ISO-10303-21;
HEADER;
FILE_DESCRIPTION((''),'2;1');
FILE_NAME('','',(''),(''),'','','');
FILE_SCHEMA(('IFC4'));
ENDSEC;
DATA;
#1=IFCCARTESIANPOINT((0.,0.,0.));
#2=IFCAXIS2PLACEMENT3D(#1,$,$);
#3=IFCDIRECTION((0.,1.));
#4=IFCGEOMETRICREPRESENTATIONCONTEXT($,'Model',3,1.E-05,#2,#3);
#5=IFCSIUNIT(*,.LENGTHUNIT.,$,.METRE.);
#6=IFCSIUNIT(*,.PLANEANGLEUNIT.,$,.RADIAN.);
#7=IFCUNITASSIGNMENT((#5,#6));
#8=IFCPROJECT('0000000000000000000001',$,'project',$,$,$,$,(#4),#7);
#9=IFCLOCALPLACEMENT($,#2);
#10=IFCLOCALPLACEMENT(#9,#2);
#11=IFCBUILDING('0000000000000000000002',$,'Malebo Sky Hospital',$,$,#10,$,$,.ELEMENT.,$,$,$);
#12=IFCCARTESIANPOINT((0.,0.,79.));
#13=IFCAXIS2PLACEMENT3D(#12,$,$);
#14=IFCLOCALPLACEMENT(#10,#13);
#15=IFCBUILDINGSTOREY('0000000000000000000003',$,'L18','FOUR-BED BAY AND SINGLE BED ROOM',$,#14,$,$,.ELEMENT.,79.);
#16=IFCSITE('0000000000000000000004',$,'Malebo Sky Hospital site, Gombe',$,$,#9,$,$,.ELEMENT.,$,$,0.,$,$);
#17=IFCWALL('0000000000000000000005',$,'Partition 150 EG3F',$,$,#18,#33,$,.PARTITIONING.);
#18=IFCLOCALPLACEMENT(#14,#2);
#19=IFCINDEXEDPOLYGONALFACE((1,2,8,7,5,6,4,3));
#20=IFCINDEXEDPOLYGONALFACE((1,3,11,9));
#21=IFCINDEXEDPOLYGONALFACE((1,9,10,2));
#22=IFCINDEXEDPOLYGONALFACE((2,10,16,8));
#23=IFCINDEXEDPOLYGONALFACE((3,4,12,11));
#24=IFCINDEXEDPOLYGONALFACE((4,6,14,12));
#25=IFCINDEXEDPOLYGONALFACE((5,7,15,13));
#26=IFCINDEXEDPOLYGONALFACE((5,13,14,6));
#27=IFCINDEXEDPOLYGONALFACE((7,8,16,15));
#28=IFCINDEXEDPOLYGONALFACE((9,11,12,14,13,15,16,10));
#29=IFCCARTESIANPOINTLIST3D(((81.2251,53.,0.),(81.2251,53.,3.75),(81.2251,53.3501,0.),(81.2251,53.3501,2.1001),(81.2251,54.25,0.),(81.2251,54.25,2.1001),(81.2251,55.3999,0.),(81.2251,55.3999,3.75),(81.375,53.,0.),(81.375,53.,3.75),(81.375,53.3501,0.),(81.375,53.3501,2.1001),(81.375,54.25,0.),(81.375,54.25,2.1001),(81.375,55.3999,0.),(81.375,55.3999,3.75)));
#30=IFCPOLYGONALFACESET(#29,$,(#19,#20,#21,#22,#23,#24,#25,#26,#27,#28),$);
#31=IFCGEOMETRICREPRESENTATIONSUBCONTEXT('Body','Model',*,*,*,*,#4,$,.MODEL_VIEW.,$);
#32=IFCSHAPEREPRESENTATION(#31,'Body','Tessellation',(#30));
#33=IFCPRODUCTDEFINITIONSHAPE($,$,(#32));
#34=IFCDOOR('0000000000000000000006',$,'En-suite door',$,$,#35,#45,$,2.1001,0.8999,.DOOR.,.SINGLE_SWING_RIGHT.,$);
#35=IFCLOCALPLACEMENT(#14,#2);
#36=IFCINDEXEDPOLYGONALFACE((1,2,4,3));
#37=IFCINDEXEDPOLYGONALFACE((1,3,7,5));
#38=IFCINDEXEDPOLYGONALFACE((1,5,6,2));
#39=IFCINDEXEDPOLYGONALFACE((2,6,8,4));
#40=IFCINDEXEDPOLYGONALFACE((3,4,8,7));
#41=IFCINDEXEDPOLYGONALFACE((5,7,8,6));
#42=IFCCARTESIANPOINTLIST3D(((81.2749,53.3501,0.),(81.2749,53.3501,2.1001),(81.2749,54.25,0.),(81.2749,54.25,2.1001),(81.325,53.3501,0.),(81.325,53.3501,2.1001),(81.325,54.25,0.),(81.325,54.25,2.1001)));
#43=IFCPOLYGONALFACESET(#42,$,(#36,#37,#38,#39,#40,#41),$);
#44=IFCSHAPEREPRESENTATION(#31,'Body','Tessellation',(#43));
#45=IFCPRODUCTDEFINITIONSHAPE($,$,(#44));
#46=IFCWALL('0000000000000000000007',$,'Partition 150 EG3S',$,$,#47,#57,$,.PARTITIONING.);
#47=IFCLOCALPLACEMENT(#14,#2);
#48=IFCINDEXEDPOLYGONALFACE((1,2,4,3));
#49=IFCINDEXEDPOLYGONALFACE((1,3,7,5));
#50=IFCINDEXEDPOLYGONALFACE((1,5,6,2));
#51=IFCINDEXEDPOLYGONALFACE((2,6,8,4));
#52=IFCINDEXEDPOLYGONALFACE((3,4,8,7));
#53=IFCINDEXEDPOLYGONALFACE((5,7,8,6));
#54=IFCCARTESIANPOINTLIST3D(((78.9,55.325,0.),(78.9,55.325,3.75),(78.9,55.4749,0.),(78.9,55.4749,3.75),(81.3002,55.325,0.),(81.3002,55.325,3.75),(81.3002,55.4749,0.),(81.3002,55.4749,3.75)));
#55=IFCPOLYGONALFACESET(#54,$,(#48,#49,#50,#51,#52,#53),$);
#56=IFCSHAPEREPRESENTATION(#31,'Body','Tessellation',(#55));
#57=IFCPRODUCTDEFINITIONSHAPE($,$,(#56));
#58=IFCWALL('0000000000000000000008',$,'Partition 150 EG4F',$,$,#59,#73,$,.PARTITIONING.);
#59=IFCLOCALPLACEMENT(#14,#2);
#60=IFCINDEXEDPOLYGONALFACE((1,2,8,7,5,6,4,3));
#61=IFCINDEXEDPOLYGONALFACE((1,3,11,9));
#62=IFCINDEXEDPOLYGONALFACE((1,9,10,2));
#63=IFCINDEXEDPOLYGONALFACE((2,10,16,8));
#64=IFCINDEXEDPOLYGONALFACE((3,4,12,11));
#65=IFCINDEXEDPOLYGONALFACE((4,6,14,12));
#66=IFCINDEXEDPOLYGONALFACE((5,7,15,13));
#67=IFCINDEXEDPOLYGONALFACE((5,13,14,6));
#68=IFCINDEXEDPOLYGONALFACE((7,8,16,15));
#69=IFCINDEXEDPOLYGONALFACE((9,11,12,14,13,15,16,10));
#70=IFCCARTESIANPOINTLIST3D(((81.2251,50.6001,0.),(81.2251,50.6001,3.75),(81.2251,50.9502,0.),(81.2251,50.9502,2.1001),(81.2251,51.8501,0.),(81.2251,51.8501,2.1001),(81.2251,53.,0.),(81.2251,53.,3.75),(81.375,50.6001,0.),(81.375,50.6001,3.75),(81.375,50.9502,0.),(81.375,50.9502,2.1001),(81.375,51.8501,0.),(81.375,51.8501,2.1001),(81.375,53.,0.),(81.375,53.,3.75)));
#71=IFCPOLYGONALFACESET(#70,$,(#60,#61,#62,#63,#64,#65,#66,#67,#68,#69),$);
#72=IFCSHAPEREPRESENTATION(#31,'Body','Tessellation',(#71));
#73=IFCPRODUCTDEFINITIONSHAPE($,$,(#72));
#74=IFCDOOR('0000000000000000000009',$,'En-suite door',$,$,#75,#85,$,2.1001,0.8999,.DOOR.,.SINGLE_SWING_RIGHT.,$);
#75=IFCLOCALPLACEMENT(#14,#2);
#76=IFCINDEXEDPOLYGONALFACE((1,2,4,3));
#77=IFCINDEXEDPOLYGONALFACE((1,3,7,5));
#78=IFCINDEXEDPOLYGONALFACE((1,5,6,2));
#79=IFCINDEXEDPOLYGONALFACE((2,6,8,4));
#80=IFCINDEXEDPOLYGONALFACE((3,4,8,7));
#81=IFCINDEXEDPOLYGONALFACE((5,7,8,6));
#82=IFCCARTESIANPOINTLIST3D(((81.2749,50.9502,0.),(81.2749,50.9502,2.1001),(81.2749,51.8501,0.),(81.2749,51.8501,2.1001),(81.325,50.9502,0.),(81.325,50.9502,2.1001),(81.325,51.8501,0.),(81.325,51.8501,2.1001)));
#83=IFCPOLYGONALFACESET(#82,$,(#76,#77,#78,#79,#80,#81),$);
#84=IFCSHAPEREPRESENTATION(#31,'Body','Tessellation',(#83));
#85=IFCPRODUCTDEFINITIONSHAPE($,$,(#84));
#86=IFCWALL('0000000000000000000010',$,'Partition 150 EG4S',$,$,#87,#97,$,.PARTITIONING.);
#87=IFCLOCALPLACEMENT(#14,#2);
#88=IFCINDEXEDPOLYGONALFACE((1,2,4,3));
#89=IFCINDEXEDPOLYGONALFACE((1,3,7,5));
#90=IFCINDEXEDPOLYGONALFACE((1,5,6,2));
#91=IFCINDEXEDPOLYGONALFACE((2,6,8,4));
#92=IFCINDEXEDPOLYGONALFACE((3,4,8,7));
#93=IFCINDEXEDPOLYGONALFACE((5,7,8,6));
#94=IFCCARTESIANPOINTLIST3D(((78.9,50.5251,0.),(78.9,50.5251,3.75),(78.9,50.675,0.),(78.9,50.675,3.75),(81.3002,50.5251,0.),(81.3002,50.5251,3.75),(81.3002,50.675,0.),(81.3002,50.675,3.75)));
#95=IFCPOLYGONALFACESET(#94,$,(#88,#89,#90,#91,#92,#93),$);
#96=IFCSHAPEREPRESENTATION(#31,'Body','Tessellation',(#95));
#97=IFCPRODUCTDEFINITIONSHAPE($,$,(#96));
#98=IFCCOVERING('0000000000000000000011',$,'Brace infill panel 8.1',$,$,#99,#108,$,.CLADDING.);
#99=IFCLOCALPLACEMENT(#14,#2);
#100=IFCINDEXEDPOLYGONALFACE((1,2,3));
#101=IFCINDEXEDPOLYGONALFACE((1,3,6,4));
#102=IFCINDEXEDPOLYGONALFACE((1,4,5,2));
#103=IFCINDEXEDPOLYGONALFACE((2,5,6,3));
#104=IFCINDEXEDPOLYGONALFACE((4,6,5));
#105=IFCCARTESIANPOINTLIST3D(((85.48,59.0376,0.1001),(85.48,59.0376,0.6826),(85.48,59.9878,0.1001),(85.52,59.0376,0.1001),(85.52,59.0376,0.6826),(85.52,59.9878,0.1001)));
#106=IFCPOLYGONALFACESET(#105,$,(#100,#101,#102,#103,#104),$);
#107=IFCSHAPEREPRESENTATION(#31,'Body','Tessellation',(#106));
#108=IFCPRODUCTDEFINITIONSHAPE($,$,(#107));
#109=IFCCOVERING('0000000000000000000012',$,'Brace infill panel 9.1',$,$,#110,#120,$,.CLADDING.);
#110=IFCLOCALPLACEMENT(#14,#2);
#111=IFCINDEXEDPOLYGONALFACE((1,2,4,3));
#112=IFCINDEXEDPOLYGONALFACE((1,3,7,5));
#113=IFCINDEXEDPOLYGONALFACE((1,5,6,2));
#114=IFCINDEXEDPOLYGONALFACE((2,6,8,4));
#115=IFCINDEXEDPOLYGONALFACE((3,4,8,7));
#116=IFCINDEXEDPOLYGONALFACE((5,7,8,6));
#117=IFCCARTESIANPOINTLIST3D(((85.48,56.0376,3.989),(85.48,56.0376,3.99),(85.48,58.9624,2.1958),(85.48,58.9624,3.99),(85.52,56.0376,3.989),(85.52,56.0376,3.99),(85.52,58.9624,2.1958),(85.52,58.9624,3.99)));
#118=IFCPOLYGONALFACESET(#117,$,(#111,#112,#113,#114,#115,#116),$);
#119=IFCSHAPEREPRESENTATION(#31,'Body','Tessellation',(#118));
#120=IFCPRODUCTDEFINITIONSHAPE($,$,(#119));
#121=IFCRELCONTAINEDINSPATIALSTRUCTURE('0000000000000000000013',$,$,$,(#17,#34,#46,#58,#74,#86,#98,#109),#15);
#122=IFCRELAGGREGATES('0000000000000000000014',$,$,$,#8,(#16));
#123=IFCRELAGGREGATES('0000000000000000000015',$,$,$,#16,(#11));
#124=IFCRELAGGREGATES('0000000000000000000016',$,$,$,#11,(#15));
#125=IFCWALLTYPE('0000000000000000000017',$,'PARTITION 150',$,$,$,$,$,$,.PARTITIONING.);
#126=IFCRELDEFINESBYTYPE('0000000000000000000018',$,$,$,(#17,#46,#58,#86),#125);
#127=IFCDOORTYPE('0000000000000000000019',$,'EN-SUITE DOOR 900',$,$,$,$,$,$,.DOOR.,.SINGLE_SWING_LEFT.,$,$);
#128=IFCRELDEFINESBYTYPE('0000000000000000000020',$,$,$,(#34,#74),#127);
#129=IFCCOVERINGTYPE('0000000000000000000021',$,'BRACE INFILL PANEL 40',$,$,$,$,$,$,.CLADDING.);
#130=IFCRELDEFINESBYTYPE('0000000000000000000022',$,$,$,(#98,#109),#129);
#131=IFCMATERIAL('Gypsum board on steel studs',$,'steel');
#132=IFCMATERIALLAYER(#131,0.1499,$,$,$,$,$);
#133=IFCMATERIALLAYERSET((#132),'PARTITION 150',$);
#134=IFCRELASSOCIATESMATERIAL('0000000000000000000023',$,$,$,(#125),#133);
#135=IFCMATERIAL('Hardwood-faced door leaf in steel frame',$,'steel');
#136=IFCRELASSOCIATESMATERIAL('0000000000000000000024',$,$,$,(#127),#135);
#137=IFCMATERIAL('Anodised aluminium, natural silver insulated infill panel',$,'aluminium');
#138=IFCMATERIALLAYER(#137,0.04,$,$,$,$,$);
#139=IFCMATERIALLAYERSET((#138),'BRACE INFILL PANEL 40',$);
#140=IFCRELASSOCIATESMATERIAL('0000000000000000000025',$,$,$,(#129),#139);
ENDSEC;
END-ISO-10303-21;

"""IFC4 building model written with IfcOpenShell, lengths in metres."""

from ifc_helpers import new_model, si_unit, direction, frame, frame_2d, origin, place, context, subcontext, project, spatial, polyline, rectangle, outline, extrude, material, layer, layer_set, type_object, element, fill, save


model = new_model("IFC4")

# Units and contexts
model_context = context("Model", 3, precision=1e-05, world=origin(), true_north=direction((0.0, 1.0)))
body_context = subcontext(model_context, "Body", "Model", "MODEL_VIEW")
ifc_project = project(units=[si_unit("LENGTHUNIT", "METRE"), si_unit("PLANEANGLEUNIT", "RADIAN")], contexts=[model_context])

# Site, building, storey
site_placement = place(None, origin())
site = spatial("IfcSite", under=ifc_project, at=site_placement, Name="Malebo Sky Hospital site, Gombe", CompositionType="ELEMENT", RefElevation=0.0)
building_placement = place(site_placement, origin())
building = spatial("IfcBuilding", under=site, at=building_placement, Name="Malebo Sky Hospital", CompositionType="ELEMENT")
storey_placement = place(building_placement, frame((0.0, 0.0, 79.0)))
storey = spatial("IfcBuildingStorey", under=building, at=storey_placement, Name="L18", Description="FOUR-BED BAY AND SINGLE BED ROOM", CompositionType="ELEMENT", Elevation=79.0)

# Shared definitions
ifc_material_1 = material(Name="Gypsum board on steel studs", Category="steel")
ifc_layer_1 = layer(ifc_material_1, 0.1499)
ifc_layer_set_1 = layer_set([ifc_layer_1], Name="PARTITION 150")
wall_type = type_object("IfcWallType", Name="PARTITION 150", PredefinedType="PARTITIONING", material=ifc_layer_set_1)

# Wall, opening, door
wall_1_placement = place(storey_placement, frame((81.3, 55.3999, 0.0), z_axis=(0.0, 0.0, 1.0), x_axis=(0.0, -1.0, 0.0)))
wall_1 = element("IfcWall", 1, at=wall_1_placement, inside=storey, type_object=wall_type, Name="Partition 150 EG3F", PredefinedType="PARTITIONING", context=body_context, shape_type="SweptSolid", body=[
    extrude(rectangle(XDim=2.3999, YDim=0.1499, at=frame_2d((1.2, 0.0))), origin(), (0.0, 0.0, 1.0), 3.75),
])
opening_1_placement = place(wall_1_placement, frame((1.1499, 0.0, 0.0)))
opening_1 = element("IfcOpeningElement", 2, at=opening_1_placement, cuts=wall_1, PredefinedType="OPENING", context=body_context, shape_type="SweptSolid", body=[
    extrude(rectangle(XDim=0.8999, YDim=2.1001, at=frame_2d((0.45, 1.05))), frame((0.0, 0.085, 0.0), z_axis=(0.0, -1.0, 0.0), x_axis=(1.0, 0.0, 0.0)), (0.0, 0.0, 1.0), 0.1699),
])
ifc_material_2 = material(Name="Hardwood-faced door leaf in steel frame", Category="steel")
door_type = type_object("IfcDoorType", Name="EN-SUITE DOOR 900", OperationType="SINGLE_SWING_LEFT", PredefinedType="DOOR", material=ifc_material_2)
door_1_placement = place(opening_1_placement, origin())
door_1 = element("IfcDoor", 3, at=door_1_placement, inside=storey, type_object=door_type, Name="En-suite door", OperationType="SINGLE_SWING_RIGHT", OverallHeight=2.1001, OverallWidth=0.8999, PredefinedType="DOOR", context=body_context, shape_type="SweptSolid", body=[
    extrude(rectangle(XDim=0.8999, YDim=2.1001, at=frame_2d((0.45, 1.05))), frame((0.0, 0.0249, 0.0), z_axis=(0.0, -1.0, 0.0), x_axis=(1.0, 0.0, 0.0)), (0.0, 0.0, 1.0), 0.05),
])
fill(opening_1, door_1)

# Wall
wall_2_placement = place(storey_placement, frame((78.8999, 55.3999, 0.0), z_axis=(0.0, 0.0, 1.0), x_axis=(1.0, 0.0, 0.0)))
element("IfcWall", 4, at=wall_2_placement, inside=storey, type_object=wall_type, Name="Partition 150 EG3S", PredefinedType="PARTITIONING", context=body_context, shape_type="SweptSolid", body=[
    extrude(rectangle(XDim=2.4001, YDim=0.1499, at=frame_2d((1.2002, 0.0))), origin(), (0.0, 0.0, 1.0), 3.75),
])

# Wall, opening, door
wall_3_placement = place(storey_placement, frame((81.3, 53.0, 0.0), z_axis=(0.0, 0.0, 1.0), x_axis=(0.0, -1.0, 0.0)))
wall_3 = element("IfcWall", 5, at=wall_3_placement, inside=storey, type_object=wall_type, Name="Partition 150 EG4F", PredefinedType="PARTITIONING", context=body_context, shape_type="SweptSolid", body=[
    extrude(rectangle(XDim=2.3999, YDim=0.1499, at=frame_2d((1.2, 0.0))), origin(), (0.0, 0.0, 1.0), 3.75),
])
opening_2_placement = place(wall_3_placement, frame((1.1499, 0.0, 0.0)))
opening_2 = element("IfcOpeningElement", 6, at=opening_2_placement, cuts=wall_3, PredefinedType="OPENING", context=body_context, shape_type="SweptSolid", body=[
    extrude(rectangle(XDim=0.8999, YDim=2.1001, at=frame_2d((0.45, 1.05))), frame((0.0, 0.085, 0.0), z_axis=(0.0, -1.0, 0.0), x_axis=(1.0, 0.0, 0.0)), (0.0, 0.0, 1.0), 0.1699),
])
door_2_placement = place(opening_2_placement, origin())
door_2 = element("IfcDoor", 7, at=door_2_placement, inside=storey, type_object=door_type, Name="En-suite door", OperationType="SINGLE_SWING_RIGHT", OverallHeight=2.1001, OverallWidth=0.8999, PredefinedType="DOOR", context=body_context, shape_type="SweptSolid", body=[
    extrude(rectangle(XDim=0.8999, YDim=2.1001, at=frame_2d((0.45, 1.05))), frame((0.0, 0.0249, 0.0), z_axis=(0.0, -1.0, 0.0), x_axis=(1.0, 0.0, 0.0)), (0.0, 0.0, 1.0), 0.05),
])
fill(opening_2, door_2)

# Wall
wall_4_placement = place(storey_placement, frame((78.8999, 50.6001, 0.0), z_axis=(0.0, 0.0, 1.0), x_axis=(1.0, 0.0, 0.0)))
element("IfcWall", 8, at=wall_4_placement, inside=storey, type_object=wall_type, Name="Partition 150 EG4S", PredefinedType="PARTITIONING", context=body_context, shape_type="SweptSolid", body=[
    extrude(rectangle(XDim=2.4001, YDim=0.1499, at=frame_2d((1.2002, 0.0))), origin(), (0.0, 0.0, 1.0), 3.75),
])

# Coverings
ifc_material_3 = material(Name="Anodised aluminium, natural silver insulated infill panel", Category="aluminium")
ifc_layer_2 = layer(ifc_material_3, 0.04)
ifc_layer_set_2 = layer_set([ifc_layer_2], Name="BRACE INFILL PANEL 40")
covering_type = type_object("IfcCoveringType", Name="BRACE INFILL PANEL 40", PredefinedType="CLADDING", material=ifc_layer_set_2)
covering_1_placement = place(storey_placement, frame((85.5, 59.5127, 0.1001), z_axis=(0.0, 0.0, 1.0), x_axis=(0.0, -1.0, 0.0)))
element("IfcCovering", 9, at=covering_1_placement, inside=storey, type_object=covering_type, Name="Brace infill panel 8.1", PredefinedType="CLADDING", context=body_context, shape_type="SweptSolid", body=[
    extrude(outline(polyline([(-0.4751, 0.0), (0.4751, 0.0), (0.4751, 0.5825), (-0.4751, 0.0)])), frame((0.0, 0.02, 0.0), z_axis=(0.0, -1.0, 0.0), x_axis=(1.0, 0.0, 0.0)), (0.0, 0.0, 1.0), 0.04),
])
covering_2_placement = place(storey_placement, frame((85.5, 57.5, 2.1958), z_axis=(0.0, 0.0, 1.0), x_axis=(0.0, -1.0, 0.0)))
element("IfcCovering", 10, at=covering_2_placement, inside=storey, type_object=covering_type, Name="Brace infill panel 9.1", PredefinedType="CLADDING", context=body_context, shape_type="SweptSolid", body=[
    extrude(outline(polyline([(-1.4624, 0.0), (1.4624, 1.7932), (1.4624, 1.7942), (-1.4624, 1.7942), (-1.4624, 0.0)])), frame((0.0, 0.02, 0.0), z_axis=(0.0, -1.0, 0.0), x_axis=(1.0, 0.0, 0.0)), (0.0, 0.0, 1.0), 0.04),
])

save(model, "model.ifc")
